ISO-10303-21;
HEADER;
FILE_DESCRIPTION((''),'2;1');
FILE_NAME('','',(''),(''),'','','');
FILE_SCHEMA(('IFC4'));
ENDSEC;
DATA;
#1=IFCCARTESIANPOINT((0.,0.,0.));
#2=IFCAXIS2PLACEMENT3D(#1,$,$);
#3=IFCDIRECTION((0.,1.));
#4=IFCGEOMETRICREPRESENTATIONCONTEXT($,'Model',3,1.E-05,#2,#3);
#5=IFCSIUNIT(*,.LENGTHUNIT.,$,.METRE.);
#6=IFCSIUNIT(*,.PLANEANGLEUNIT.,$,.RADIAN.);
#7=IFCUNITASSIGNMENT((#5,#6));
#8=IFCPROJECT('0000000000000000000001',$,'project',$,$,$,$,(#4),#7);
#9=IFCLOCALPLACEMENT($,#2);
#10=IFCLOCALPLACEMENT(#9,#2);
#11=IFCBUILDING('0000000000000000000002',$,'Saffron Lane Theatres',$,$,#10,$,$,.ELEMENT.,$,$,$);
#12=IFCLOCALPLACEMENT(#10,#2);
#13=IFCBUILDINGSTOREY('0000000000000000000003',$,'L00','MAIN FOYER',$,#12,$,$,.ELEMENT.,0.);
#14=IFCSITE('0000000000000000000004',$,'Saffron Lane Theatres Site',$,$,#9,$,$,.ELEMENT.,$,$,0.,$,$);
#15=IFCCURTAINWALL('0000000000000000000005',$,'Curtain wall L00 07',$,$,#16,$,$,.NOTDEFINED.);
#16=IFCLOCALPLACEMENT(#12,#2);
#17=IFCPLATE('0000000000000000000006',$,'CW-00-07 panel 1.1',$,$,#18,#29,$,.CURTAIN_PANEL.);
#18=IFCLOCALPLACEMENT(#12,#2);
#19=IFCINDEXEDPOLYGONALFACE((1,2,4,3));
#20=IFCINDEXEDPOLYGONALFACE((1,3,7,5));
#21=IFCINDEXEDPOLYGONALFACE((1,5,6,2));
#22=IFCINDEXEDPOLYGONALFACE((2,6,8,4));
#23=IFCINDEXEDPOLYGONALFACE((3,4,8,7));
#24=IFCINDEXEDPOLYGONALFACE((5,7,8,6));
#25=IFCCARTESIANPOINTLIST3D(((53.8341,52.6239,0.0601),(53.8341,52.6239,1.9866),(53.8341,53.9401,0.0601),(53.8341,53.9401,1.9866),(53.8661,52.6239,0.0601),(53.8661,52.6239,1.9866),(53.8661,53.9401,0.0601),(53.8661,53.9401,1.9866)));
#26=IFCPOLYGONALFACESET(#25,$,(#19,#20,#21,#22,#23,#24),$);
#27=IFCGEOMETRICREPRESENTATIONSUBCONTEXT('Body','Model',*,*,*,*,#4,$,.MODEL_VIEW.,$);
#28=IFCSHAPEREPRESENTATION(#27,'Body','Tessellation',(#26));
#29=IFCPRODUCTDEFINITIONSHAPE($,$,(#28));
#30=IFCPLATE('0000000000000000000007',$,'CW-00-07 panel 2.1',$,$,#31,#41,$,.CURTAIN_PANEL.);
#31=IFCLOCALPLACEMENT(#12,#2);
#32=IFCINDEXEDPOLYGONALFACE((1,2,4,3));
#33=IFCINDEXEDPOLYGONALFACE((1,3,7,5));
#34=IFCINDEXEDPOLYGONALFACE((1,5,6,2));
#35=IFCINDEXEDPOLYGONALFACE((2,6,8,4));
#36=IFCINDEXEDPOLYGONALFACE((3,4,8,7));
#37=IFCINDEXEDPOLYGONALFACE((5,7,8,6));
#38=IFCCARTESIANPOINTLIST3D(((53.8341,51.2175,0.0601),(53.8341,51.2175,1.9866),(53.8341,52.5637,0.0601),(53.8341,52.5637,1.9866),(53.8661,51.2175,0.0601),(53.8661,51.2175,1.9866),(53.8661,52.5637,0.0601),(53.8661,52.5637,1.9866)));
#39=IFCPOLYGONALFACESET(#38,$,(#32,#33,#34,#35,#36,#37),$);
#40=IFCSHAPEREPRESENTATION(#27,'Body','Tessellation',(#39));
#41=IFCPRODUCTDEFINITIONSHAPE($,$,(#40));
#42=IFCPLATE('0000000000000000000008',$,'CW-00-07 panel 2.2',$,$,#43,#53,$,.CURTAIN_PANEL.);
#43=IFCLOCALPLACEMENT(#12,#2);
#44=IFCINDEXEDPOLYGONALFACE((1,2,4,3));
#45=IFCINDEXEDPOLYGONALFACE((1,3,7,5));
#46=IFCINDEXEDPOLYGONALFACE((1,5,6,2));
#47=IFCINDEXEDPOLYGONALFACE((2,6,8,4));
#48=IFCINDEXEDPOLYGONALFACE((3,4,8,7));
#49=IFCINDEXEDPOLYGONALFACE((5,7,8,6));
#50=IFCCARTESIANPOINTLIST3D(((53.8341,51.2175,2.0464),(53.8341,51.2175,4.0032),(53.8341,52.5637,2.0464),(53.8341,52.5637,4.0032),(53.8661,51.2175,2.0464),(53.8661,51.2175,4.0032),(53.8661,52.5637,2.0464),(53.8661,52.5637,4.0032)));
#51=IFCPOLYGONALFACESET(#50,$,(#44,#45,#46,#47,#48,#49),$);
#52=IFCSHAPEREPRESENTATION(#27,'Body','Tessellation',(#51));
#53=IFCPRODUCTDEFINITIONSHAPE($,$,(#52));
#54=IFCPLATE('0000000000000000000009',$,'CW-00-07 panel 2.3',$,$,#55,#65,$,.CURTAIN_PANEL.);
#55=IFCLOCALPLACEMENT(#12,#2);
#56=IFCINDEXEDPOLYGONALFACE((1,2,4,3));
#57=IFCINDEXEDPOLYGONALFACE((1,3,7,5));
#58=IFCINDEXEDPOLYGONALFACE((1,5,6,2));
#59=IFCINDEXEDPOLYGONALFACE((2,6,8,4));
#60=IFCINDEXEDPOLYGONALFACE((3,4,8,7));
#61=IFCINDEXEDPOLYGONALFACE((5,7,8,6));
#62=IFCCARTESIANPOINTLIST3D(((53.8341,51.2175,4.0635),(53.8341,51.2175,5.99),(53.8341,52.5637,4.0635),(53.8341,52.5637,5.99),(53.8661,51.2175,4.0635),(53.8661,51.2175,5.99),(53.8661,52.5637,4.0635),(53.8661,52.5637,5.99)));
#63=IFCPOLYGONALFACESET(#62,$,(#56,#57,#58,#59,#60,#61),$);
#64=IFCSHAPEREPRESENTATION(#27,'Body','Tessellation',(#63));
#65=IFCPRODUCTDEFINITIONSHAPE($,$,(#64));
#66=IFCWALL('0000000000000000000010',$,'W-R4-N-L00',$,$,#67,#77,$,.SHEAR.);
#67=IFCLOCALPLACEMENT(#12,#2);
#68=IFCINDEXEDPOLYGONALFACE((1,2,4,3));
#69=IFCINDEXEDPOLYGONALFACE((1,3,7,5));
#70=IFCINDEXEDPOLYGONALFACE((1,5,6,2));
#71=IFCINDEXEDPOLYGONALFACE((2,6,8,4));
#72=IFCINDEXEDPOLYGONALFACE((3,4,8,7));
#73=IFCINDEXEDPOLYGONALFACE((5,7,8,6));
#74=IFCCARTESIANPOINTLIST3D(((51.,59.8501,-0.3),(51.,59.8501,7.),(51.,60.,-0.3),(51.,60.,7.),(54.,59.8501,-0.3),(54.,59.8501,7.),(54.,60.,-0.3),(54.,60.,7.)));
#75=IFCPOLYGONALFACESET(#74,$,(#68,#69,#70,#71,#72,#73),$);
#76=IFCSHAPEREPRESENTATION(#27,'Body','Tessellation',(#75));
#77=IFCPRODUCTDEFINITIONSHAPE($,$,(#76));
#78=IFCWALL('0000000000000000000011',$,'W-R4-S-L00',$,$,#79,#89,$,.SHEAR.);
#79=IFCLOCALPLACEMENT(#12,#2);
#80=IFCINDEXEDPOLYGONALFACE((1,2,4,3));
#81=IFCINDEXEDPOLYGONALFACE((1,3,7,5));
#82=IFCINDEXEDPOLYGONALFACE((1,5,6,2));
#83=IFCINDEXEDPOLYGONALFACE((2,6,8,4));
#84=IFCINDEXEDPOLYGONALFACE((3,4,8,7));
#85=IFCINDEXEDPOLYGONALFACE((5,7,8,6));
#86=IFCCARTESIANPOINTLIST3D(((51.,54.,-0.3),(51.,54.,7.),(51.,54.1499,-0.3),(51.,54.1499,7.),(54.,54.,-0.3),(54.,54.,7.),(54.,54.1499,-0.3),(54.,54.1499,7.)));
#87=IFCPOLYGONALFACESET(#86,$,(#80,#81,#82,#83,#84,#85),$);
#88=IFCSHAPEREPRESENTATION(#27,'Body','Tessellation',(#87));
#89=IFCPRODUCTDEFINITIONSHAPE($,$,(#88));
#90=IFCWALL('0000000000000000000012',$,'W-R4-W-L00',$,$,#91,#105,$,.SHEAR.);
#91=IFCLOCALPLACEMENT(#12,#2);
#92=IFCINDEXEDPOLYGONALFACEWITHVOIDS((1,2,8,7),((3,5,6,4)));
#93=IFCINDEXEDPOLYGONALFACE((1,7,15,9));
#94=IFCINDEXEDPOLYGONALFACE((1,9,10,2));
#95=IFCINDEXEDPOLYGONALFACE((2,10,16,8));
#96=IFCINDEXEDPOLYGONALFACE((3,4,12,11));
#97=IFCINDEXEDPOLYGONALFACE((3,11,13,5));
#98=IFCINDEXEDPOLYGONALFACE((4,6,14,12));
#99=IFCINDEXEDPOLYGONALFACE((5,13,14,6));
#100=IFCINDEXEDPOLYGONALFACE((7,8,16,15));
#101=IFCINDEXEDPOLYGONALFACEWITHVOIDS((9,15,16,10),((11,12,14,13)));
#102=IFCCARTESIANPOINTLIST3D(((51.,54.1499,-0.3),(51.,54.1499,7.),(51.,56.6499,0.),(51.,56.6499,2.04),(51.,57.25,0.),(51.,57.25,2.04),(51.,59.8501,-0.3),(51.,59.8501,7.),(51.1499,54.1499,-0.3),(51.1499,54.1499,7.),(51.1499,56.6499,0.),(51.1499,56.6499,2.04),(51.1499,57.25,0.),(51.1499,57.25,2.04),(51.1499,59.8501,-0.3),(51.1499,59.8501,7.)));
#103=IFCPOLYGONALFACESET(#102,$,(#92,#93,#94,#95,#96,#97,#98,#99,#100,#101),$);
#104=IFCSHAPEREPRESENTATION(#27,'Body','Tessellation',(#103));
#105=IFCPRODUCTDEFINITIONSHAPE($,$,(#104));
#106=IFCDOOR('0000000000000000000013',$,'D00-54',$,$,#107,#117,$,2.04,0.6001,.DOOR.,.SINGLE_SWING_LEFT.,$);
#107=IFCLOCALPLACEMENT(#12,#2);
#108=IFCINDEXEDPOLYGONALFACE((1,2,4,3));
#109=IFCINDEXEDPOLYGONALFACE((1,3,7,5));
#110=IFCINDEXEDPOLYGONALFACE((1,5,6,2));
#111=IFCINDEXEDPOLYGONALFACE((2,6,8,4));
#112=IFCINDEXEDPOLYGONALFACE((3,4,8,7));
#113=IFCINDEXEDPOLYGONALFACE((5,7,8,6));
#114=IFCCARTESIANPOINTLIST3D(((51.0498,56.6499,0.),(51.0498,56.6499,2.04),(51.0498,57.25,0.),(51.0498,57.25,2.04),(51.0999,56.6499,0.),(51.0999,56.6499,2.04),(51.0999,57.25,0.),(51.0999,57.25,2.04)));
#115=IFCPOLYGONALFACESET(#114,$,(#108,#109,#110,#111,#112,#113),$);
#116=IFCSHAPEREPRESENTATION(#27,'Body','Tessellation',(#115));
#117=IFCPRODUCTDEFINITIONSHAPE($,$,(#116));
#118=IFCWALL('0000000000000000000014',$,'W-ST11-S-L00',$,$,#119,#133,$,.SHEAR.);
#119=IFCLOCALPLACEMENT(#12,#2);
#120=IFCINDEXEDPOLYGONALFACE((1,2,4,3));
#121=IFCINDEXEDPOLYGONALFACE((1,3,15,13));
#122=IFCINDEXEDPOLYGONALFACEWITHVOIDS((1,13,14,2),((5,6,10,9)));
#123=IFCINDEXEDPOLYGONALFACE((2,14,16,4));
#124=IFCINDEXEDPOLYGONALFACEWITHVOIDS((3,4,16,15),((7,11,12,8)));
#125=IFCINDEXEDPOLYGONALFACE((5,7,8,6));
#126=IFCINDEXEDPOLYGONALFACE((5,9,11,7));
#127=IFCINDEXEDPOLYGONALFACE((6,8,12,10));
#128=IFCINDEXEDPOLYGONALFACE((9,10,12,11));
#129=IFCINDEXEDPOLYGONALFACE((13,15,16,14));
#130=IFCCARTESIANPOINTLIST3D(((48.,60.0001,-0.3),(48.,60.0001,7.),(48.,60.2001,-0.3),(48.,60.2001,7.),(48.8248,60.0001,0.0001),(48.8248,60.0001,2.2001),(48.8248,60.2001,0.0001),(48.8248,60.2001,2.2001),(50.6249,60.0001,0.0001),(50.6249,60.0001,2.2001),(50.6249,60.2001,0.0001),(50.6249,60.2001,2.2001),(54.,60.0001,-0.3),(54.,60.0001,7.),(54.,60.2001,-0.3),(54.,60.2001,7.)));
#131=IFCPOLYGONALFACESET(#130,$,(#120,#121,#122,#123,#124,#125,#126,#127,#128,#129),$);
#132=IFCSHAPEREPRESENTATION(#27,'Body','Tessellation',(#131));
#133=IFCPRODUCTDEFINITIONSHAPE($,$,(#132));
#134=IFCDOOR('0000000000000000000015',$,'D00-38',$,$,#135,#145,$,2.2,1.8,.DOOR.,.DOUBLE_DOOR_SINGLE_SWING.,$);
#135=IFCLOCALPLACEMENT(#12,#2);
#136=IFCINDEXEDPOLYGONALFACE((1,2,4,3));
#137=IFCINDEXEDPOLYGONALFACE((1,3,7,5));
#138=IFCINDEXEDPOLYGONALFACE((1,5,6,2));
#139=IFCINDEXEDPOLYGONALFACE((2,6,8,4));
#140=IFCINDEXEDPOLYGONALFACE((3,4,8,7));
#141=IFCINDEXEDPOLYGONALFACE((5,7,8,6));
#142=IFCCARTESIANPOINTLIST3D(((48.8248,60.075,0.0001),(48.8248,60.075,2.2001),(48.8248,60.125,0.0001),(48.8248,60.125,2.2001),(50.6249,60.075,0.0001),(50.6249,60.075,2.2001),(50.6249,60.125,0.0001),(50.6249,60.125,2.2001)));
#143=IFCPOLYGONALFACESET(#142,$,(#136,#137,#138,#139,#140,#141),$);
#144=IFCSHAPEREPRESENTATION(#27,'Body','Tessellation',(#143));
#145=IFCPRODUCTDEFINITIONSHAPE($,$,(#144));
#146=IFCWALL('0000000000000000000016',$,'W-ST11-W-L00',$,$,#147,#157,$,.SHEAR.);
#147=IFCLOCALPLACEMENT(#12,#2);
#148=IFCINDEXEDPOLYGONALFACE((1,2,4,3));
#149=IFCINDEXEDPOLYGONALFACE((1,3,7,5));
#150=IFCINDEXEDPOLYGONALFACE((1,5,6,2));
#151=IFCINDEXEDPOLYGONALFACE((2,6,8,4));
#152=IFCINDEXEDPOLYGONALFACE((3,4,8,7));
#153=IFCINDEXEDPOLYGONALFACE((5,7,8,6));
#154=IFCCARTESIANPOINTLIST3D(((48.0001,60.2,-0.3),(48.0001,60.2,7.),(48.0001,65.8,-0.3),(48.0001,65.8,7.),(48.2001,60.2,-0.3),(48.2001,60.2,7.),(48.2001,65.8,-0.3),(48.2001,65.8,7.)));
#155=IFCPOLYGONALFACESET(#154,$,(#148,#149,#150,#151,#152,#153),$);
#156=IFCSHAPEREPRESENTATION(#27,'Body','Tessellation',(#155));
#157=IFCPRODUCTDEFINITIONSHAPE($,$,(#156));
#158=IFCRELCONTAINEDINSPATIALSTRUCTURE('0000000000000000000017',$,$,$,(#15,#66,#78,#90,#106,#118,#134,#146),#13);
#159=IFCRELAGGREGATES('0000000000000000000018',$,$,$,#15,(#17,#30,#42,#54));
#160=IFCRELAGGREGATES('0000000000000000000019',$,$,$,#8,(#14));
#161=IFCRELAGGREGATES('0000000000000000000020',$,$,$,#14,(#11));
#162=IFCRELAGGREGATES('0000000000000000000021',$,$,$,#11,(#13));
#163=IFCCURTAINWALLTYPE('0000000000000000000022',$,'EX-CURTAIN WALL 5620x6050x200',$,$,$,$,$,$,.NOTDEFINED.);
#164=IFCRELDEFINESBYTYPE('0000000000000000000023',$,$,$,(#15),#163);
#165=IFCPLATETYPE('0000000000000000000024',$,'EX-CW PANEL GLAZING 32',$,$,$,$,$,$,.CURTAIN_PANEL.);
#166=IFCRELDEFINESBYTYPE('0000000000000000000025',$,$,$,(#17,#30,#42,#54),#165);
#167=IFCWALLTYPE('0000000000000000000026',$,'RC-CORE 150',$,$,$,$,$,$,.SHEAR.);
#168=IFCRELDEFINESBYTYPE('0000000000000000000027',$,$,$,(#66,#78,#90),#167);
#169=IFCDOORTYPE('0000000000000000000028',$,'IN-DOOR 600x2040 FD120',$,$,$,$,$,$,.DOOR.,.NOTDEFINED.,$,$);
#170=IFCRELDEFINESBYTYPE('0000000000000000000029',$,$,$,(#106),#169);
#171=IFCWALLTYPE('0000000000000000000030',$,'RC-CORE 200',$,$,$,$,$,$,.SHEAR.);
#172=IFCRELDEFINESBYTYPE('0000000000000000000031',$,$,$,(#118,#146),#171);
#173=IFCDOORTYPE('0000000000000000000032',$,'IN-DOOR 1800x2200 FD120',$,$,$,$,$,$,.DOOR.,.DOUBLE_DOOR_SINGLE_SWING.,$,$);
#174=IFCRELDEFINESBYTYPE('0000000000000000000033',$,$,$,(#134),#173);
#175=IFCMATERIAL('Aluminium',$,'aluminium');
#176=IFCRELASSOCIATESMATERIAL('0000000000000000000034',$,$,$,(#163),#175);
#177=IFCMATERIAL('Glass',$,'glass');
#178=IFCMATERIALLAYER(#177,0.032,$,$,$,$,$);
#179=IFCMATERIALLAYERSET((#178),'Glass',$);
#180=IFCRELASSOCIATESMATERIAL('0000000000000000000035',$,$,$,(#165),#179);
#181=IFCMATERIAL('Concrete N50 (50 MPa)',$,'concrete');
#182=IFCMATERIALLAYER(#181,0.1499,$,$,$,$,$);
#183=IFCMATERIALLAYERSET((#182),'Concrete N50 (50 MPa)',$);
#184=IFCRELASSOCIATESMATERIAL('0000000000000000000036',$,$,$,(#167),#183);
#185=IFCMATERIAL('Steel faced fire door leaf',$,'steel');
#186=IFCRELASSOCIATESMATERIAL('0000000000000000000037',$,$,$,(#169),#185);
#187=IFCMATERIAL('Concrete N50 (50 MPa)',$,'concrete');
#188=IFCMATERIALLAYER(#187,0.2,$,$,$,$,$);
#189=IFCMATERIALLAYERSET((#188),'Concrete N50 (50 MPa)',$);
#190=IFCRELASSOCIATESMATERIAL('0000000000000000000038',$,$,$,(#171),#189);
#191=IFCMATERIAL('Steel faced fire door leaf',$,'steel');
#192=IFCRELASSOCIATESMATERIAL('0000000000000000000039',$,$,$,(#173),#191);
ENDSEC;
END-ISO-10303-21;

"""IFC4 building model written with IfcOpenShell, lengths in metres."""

from ifc_helpers import new_model, si_unit, direction, frame, frame_2d, origin, origin_2d, place, context, subcontext, project, spatial, rectangle, extrude, material, layer, layer_set, type_object, element, fill, aggregate, save


model = new_model("IFC4")

# Units and contexts
model_context = context("Model", 3, precision=1e-05, world=origin(), true_north=direction((0.0, 1.0)))
body_context = subcontext(model_context, "Body", "Model", "MODEL_VIEW")
ifc_project = project(units=[si_unit("LENGTHUNIT", "METRE"), si_unit("PLANEANGLEUNIT", "RADIAN")], contexts=[model_context])

# Site, building, storey
site_placement = place(None, origin())
site = spatial("IfcSite", under=ifc_project, at=site_placement, Name="Saffron Lane Theatres Site", CompositionType="ELEMENT", RefElevation=0.0)
building_placement = place(site_placement, origin())
building = spatial("IfcBuilding", under=site, at=building_placement, Name="Saffron Lane Theatres", CompositionType="ELEMENT")
storey_placement = place(building_placement, origin())
storey = spatial("IfcBuildingStorey", under=building, at=storey_placement, Name="L00", Description="MAIN FOYER", CompositionType="ELEMENT", Elevation=0.0)

# Curtain wall, plates
ifc_material_1 = material(Name="Aluminium", Category="aluminium")
curtain_wall_type = type_object("IfcCurtainWallType", Name="EX-CURTAIN WALL 5620x6050x200", PredefinedType="NOTDEFINED", material=ifc_material_1)
curtain_wall_placement = place(storey_placement, origin())
curtain_wall = element("IfcCurtainWall", 1, at=curtain_wall_placement, inside=storey, type_object=curtain_wall_type, Name="Curtain wall L00 07", PredefinedType="NOTDEFINED")
ifc_material_2 = material(Name="Glass", Category="glass")
ifc_layer_1 = layer(ifc_material_2, 0.032)
ifc_layer_set_1 = layer_set([ifc_layer_1], Name="Glass")
plate_type = type_object("IfcPlateType", Name="EX-CW PANEL GLAZING 32", PredefinedType="CURTAIN_PANEL", material=ifc_layer_set_1)
plate_1_placement = place(storey_placement, frame((53.8501, 53.282, 0.0601), z_axis=(0.0, 0.0, 1.0), x_axis=(0.0, -1.0, 0.0)))
plate_1 = element("IfcPlate", 2, at=plate_1_placement, type_object=plate_type, Name="CW-00-07 panel 1.1", PredefinedType="CURTAIN_PANEL", context=body_context, shape_type="SweptSolid", body=[
    extrude(rectangle(XDim=1.3162, YDim=0.032, at=origin_2d()), origin(), (0.0, 0.0, 1.0), 1.9265),
])
plate_2_placement = place(storey_placement, frame((53.8501, 51.8906, 0.0601), z_axis=(0.0, 0.0, 1.0), x_axis=(0.0, -1.0, 0.0)))
plate_2 = element("IfcPlate", 3, at=plate_2_placement, type_object=plate_type, Name="CW-00-07 panel 2.1", PredefinedType="CURTAIN_PANEL", context=body_context, shape_type="SweptSolid", body=[
    extrude(rectangle(XDim=1.3462, YDim=0.032, at=origin_2d()), origin(), (0.0, 0.0, 1.0), 1.9265),
])
plate_3_placement = place(storey_placement, frame((53.8501, 51.8906, 2.0464), z_axis=(0.0, 0.0, 1.0), x_axis=(0.0, -1.0, 0.0)))
plate_3 = element("IfcPlate", 4, at=plate_3_placement, type_object=plate_type, Name="CW-00-07 panel 2.2", PredefinedType="CURTAIN_PANEL", context=body_context, shape_type="SweptSolid", body=[
    extrude(rectangle(XDim=1.3462, YDim=0.032, at=origin_2d()), origin(), (0.0, 0.0, 1.0), 1.9568),
])
plate_4_placement = place(storey_placement, frame((53.8501, 51.8906, 4.0635), z_axis=(0.0, 0.0, 1.0), x_axis=(0.0, -1.0, 0.0)))
plate_4 = element("IfcPlate", 5, at=plate_4_placement, type_object=plate_type, Name="CW-00-07 panel 2.3", PredefinedType="CURTAIN_PANEL", context=body_context, shape_type="SweptSolid", body=[
    extrude(rectangle(XDim=1.3462, YDim=0.032, at=origin_2d()), origin(), (0.0, 0.0, 1.0), 1.9265),
])
aggregate(curtain_wall, [plate_1, plate_2, plate_3, plate_4])

# Walls
ifc_material_3 = material(Name="Concrete N50 (50 MPa)", Category="concrete")
ifc_layer_2 = layer(ifc_material_3, 0.1499)
ifc_layer_set_2 = layer_set([ifc_layer_2], Name="Concrete N50 (50 MPa)")
wall_type_1 = type_object("IfcWallType", Name="RC-CORE 150", PredefinedType="SHEAR", material=ifc_layer_set_2)
for number, where, z_axis, x_axis, name in (
    (6, (51.0, 59.925, -0.3), (0.0, 0.0, 1.0), (1.0, 0.0, 0.0), "W-R4-N-L00"),
    (7, (51.0, 54.075, -0.3), (0.0, 0.0, 1.0), (1.0, 0.0, 0.0), "W-R4-S-L00"),
):
    element("IfcWall", number, at=place(storey_placement, frame(where, z_axis=z_axis, x_axis=x_axis)), inside=storey, type_object=wall_type_1, Name=name, PredefinedType="SHEAR", context=body_context, shape_type="SweptSolid", body=[
        extrude(rectangle(XDim=3.0, YDim=0.1499, at=frame_2d((1.5, 0.0))), origin(), (0.0, 0.0, 1.0), 7.3),
    ])

# Walls, openings, doors
wall_1_placement = place(storey_placement, frame((51.075, 54.1499, -0.3), z_axis=(0.0, 0.0, 1.0), x_axis=(0.0, 1.0, 0.0)))
wall_1 = element("IfcWall", 8, at=wall_1_placement, inside=storey, type_object=wall_type_1, Name="W-R4-W-L00", PredefinedType="SHEAR", context=body_context, shape_type="SweptSolid", body=[
    extrude(rectangle(XDim=5.7002, YDim=0.1499, at=frame_2d((2.8501, 0.0))), origin(), (0.0, 0.0, 1.0), 7.3),
])
opening_1_placement = place(wall_1_placement, frame((2.5, 0.0, 0.3)))
opening_1 = element("IfcOpeningElement", 9, at=opening_1_placement, cuts=wall_1, PredefinedType="OPENING", context=body_context, shape_type="SweptSolid", body=[
    extrude(rectangle(XDim=0.6001, YDim=2.04, at=frame_2d((0.3, 1.02))), frame((0.0, 0.085, 0.0), z_axis=(0.0, -1.0, 0.0), x_axis=(1.0, 0.0, 0.0)), (0.0, 0.0, 1.0), 0.1699),
])
ifc_material_4 = material(Name="Steel faced fire door leaf", Category="steel")
door_type_1 = type_object("IfcDoorType", Name="IN-DOOR 600x2040 FD120", OperationType="NOTDEFINED", PredefinedType="DOOR", material=ifc_material_4)
door_1_placement = place(opening_1_placement, frame((0.6001, 0.0, 0.0), z_axis=(0.0, 0.0, 1.0), x_axis=(-1.0, 0.0, 0.0)))
door_1 = element("IfcDoor", 10, at=door_1_placement, inside=storey, type_object=door_type_1, Name="D00-54", OperationType="SINGLE_SWING_LEFT", OverallHeight=2.04, OverallWidth=0.6001, PredefinedType="DOOR", context=body_context, shape_type="SweptSolid", body=[
    extrude(rectangle(XDim=0.6001, YDim=2.04, at=frame_2d((0.3, 1.02))), frame((0.0, 0.0249, 0.0), z_axis=(0.0, -1.0, 0.0), x_axis=(1.0, 0.0, 0.0)), (0.0, 0.0, 1.0), 0.05),
])
fill(opening_1, door_1)
ifc_material_5 = material(Name="Concrete N50 (50 MPa)", Category="concrete")
ifc_layer_3 = layer(ifc_material_5, 0.2)
ifc_layer_set_3 = layer_set([ifc_layer_3], Name="Concrete N50 (50 MPa)")
wall_type_2 = type_object("IfcWallType", Name="RC-CORE 200", PredefinedType="SHEAR", material=ifc_layer_set_3)
wall_2_placement = place(storey_placement, frame((48.0, 60.1001, -0.3), z_axis=(0.0, 0.0, 1.0), x_axis=(1.0, 0.0, 0.0)))
wall_2 = element("IfcWall", 11, at=wall_2_placement, inside=storey, type_object=wall_type_2, Name="W-ST11-S-L00", PredefinedType="SHEAR", context=body_context, shape_type="SweptSolid", body=[
    extrude(rectangle(XDim=6.0, YDim=0.2, at=frame_2d((3.0, 0.0))), origin(), (0.0, 0.0, 1.0), 7.3),
])
opening_2_placement = place(wall_2_placement, frame((0.825, 0.0, 0.3)))
opening_2 = element("IfcOpeningElement", 12, at=opening_2_placement, cuts=wall_2, PredefinedType="OPENING", context=body_context, shape_type="SweptSolid", body=[
    extrude(rectangle(XDim=1.8, YDim=2.2, at=frame_2d((0.8999, 1.1001))), frame((0.0, 0.1099, 0.0), z_axis=(0.0, -1.0, 0.0), x_axis=(1.0, 0.0, 0.0)), (0.0, 0.0, 1.0), 0.22),
])
ifc_material_6 = material(Name="Steel faced fire door leaf", Category="steel")
door_type_2 = type_object("IfcDoorType", Name="IN-DOOR 1800x2200 FD120", OperationType="DOUBLE_DOOR_SINGLE_SWING", PredefinedType="DOOR", material=ifc_material_6)
door_2_placement = place(opening_2_placement, origin())
door_2 = element("IfcDoor", 13, at=door_2_placement, inside=storey, type_object=door_type_2, Name="D00-38", OperationType="DOUBLE_DOOR_SINGLE_SWING", OverallHeight=2.2, OverallWidth=1.8, PredefinedType="DOOR", context=body_context, shape_type="SweptSolid", body=[
    extrude(rectangle(XDim=1.8, YDim=2.2, at=frame_2d((0.8999, 1.1001))), frame((0.0, 0.0249, 0.0), z_axis=(0.0, -1.0, 0.0), x_axis=(1.0, 0.0, 0.0)), (0.0, 0.0, 1.0), 0.05),
])
fill(opening_2, door_2)

# Wall
wall_3_placement = place(storey_placement, frame((48.1001, 60.2, -0.3), z_axis=(0.0, 0.0, 1.0), x_axis=(0.0, 1.0, 0.0)))
element("IfcWall", 14, at=wall_3_placement, inside=storey, type_object=wall_type_2, Name="W-ST11-W-L00", PredefinedType="SHEAR", context=body_context, shape_type="SweptSolid", body=[
    extrude(rectangle(XDim=5.6001, YDim=0.2, at=frame_2d((2.8, 0.0))), origin(), (0.0, 0.0, 1.0), 7.3),
])

save(model, "model.ifc")
